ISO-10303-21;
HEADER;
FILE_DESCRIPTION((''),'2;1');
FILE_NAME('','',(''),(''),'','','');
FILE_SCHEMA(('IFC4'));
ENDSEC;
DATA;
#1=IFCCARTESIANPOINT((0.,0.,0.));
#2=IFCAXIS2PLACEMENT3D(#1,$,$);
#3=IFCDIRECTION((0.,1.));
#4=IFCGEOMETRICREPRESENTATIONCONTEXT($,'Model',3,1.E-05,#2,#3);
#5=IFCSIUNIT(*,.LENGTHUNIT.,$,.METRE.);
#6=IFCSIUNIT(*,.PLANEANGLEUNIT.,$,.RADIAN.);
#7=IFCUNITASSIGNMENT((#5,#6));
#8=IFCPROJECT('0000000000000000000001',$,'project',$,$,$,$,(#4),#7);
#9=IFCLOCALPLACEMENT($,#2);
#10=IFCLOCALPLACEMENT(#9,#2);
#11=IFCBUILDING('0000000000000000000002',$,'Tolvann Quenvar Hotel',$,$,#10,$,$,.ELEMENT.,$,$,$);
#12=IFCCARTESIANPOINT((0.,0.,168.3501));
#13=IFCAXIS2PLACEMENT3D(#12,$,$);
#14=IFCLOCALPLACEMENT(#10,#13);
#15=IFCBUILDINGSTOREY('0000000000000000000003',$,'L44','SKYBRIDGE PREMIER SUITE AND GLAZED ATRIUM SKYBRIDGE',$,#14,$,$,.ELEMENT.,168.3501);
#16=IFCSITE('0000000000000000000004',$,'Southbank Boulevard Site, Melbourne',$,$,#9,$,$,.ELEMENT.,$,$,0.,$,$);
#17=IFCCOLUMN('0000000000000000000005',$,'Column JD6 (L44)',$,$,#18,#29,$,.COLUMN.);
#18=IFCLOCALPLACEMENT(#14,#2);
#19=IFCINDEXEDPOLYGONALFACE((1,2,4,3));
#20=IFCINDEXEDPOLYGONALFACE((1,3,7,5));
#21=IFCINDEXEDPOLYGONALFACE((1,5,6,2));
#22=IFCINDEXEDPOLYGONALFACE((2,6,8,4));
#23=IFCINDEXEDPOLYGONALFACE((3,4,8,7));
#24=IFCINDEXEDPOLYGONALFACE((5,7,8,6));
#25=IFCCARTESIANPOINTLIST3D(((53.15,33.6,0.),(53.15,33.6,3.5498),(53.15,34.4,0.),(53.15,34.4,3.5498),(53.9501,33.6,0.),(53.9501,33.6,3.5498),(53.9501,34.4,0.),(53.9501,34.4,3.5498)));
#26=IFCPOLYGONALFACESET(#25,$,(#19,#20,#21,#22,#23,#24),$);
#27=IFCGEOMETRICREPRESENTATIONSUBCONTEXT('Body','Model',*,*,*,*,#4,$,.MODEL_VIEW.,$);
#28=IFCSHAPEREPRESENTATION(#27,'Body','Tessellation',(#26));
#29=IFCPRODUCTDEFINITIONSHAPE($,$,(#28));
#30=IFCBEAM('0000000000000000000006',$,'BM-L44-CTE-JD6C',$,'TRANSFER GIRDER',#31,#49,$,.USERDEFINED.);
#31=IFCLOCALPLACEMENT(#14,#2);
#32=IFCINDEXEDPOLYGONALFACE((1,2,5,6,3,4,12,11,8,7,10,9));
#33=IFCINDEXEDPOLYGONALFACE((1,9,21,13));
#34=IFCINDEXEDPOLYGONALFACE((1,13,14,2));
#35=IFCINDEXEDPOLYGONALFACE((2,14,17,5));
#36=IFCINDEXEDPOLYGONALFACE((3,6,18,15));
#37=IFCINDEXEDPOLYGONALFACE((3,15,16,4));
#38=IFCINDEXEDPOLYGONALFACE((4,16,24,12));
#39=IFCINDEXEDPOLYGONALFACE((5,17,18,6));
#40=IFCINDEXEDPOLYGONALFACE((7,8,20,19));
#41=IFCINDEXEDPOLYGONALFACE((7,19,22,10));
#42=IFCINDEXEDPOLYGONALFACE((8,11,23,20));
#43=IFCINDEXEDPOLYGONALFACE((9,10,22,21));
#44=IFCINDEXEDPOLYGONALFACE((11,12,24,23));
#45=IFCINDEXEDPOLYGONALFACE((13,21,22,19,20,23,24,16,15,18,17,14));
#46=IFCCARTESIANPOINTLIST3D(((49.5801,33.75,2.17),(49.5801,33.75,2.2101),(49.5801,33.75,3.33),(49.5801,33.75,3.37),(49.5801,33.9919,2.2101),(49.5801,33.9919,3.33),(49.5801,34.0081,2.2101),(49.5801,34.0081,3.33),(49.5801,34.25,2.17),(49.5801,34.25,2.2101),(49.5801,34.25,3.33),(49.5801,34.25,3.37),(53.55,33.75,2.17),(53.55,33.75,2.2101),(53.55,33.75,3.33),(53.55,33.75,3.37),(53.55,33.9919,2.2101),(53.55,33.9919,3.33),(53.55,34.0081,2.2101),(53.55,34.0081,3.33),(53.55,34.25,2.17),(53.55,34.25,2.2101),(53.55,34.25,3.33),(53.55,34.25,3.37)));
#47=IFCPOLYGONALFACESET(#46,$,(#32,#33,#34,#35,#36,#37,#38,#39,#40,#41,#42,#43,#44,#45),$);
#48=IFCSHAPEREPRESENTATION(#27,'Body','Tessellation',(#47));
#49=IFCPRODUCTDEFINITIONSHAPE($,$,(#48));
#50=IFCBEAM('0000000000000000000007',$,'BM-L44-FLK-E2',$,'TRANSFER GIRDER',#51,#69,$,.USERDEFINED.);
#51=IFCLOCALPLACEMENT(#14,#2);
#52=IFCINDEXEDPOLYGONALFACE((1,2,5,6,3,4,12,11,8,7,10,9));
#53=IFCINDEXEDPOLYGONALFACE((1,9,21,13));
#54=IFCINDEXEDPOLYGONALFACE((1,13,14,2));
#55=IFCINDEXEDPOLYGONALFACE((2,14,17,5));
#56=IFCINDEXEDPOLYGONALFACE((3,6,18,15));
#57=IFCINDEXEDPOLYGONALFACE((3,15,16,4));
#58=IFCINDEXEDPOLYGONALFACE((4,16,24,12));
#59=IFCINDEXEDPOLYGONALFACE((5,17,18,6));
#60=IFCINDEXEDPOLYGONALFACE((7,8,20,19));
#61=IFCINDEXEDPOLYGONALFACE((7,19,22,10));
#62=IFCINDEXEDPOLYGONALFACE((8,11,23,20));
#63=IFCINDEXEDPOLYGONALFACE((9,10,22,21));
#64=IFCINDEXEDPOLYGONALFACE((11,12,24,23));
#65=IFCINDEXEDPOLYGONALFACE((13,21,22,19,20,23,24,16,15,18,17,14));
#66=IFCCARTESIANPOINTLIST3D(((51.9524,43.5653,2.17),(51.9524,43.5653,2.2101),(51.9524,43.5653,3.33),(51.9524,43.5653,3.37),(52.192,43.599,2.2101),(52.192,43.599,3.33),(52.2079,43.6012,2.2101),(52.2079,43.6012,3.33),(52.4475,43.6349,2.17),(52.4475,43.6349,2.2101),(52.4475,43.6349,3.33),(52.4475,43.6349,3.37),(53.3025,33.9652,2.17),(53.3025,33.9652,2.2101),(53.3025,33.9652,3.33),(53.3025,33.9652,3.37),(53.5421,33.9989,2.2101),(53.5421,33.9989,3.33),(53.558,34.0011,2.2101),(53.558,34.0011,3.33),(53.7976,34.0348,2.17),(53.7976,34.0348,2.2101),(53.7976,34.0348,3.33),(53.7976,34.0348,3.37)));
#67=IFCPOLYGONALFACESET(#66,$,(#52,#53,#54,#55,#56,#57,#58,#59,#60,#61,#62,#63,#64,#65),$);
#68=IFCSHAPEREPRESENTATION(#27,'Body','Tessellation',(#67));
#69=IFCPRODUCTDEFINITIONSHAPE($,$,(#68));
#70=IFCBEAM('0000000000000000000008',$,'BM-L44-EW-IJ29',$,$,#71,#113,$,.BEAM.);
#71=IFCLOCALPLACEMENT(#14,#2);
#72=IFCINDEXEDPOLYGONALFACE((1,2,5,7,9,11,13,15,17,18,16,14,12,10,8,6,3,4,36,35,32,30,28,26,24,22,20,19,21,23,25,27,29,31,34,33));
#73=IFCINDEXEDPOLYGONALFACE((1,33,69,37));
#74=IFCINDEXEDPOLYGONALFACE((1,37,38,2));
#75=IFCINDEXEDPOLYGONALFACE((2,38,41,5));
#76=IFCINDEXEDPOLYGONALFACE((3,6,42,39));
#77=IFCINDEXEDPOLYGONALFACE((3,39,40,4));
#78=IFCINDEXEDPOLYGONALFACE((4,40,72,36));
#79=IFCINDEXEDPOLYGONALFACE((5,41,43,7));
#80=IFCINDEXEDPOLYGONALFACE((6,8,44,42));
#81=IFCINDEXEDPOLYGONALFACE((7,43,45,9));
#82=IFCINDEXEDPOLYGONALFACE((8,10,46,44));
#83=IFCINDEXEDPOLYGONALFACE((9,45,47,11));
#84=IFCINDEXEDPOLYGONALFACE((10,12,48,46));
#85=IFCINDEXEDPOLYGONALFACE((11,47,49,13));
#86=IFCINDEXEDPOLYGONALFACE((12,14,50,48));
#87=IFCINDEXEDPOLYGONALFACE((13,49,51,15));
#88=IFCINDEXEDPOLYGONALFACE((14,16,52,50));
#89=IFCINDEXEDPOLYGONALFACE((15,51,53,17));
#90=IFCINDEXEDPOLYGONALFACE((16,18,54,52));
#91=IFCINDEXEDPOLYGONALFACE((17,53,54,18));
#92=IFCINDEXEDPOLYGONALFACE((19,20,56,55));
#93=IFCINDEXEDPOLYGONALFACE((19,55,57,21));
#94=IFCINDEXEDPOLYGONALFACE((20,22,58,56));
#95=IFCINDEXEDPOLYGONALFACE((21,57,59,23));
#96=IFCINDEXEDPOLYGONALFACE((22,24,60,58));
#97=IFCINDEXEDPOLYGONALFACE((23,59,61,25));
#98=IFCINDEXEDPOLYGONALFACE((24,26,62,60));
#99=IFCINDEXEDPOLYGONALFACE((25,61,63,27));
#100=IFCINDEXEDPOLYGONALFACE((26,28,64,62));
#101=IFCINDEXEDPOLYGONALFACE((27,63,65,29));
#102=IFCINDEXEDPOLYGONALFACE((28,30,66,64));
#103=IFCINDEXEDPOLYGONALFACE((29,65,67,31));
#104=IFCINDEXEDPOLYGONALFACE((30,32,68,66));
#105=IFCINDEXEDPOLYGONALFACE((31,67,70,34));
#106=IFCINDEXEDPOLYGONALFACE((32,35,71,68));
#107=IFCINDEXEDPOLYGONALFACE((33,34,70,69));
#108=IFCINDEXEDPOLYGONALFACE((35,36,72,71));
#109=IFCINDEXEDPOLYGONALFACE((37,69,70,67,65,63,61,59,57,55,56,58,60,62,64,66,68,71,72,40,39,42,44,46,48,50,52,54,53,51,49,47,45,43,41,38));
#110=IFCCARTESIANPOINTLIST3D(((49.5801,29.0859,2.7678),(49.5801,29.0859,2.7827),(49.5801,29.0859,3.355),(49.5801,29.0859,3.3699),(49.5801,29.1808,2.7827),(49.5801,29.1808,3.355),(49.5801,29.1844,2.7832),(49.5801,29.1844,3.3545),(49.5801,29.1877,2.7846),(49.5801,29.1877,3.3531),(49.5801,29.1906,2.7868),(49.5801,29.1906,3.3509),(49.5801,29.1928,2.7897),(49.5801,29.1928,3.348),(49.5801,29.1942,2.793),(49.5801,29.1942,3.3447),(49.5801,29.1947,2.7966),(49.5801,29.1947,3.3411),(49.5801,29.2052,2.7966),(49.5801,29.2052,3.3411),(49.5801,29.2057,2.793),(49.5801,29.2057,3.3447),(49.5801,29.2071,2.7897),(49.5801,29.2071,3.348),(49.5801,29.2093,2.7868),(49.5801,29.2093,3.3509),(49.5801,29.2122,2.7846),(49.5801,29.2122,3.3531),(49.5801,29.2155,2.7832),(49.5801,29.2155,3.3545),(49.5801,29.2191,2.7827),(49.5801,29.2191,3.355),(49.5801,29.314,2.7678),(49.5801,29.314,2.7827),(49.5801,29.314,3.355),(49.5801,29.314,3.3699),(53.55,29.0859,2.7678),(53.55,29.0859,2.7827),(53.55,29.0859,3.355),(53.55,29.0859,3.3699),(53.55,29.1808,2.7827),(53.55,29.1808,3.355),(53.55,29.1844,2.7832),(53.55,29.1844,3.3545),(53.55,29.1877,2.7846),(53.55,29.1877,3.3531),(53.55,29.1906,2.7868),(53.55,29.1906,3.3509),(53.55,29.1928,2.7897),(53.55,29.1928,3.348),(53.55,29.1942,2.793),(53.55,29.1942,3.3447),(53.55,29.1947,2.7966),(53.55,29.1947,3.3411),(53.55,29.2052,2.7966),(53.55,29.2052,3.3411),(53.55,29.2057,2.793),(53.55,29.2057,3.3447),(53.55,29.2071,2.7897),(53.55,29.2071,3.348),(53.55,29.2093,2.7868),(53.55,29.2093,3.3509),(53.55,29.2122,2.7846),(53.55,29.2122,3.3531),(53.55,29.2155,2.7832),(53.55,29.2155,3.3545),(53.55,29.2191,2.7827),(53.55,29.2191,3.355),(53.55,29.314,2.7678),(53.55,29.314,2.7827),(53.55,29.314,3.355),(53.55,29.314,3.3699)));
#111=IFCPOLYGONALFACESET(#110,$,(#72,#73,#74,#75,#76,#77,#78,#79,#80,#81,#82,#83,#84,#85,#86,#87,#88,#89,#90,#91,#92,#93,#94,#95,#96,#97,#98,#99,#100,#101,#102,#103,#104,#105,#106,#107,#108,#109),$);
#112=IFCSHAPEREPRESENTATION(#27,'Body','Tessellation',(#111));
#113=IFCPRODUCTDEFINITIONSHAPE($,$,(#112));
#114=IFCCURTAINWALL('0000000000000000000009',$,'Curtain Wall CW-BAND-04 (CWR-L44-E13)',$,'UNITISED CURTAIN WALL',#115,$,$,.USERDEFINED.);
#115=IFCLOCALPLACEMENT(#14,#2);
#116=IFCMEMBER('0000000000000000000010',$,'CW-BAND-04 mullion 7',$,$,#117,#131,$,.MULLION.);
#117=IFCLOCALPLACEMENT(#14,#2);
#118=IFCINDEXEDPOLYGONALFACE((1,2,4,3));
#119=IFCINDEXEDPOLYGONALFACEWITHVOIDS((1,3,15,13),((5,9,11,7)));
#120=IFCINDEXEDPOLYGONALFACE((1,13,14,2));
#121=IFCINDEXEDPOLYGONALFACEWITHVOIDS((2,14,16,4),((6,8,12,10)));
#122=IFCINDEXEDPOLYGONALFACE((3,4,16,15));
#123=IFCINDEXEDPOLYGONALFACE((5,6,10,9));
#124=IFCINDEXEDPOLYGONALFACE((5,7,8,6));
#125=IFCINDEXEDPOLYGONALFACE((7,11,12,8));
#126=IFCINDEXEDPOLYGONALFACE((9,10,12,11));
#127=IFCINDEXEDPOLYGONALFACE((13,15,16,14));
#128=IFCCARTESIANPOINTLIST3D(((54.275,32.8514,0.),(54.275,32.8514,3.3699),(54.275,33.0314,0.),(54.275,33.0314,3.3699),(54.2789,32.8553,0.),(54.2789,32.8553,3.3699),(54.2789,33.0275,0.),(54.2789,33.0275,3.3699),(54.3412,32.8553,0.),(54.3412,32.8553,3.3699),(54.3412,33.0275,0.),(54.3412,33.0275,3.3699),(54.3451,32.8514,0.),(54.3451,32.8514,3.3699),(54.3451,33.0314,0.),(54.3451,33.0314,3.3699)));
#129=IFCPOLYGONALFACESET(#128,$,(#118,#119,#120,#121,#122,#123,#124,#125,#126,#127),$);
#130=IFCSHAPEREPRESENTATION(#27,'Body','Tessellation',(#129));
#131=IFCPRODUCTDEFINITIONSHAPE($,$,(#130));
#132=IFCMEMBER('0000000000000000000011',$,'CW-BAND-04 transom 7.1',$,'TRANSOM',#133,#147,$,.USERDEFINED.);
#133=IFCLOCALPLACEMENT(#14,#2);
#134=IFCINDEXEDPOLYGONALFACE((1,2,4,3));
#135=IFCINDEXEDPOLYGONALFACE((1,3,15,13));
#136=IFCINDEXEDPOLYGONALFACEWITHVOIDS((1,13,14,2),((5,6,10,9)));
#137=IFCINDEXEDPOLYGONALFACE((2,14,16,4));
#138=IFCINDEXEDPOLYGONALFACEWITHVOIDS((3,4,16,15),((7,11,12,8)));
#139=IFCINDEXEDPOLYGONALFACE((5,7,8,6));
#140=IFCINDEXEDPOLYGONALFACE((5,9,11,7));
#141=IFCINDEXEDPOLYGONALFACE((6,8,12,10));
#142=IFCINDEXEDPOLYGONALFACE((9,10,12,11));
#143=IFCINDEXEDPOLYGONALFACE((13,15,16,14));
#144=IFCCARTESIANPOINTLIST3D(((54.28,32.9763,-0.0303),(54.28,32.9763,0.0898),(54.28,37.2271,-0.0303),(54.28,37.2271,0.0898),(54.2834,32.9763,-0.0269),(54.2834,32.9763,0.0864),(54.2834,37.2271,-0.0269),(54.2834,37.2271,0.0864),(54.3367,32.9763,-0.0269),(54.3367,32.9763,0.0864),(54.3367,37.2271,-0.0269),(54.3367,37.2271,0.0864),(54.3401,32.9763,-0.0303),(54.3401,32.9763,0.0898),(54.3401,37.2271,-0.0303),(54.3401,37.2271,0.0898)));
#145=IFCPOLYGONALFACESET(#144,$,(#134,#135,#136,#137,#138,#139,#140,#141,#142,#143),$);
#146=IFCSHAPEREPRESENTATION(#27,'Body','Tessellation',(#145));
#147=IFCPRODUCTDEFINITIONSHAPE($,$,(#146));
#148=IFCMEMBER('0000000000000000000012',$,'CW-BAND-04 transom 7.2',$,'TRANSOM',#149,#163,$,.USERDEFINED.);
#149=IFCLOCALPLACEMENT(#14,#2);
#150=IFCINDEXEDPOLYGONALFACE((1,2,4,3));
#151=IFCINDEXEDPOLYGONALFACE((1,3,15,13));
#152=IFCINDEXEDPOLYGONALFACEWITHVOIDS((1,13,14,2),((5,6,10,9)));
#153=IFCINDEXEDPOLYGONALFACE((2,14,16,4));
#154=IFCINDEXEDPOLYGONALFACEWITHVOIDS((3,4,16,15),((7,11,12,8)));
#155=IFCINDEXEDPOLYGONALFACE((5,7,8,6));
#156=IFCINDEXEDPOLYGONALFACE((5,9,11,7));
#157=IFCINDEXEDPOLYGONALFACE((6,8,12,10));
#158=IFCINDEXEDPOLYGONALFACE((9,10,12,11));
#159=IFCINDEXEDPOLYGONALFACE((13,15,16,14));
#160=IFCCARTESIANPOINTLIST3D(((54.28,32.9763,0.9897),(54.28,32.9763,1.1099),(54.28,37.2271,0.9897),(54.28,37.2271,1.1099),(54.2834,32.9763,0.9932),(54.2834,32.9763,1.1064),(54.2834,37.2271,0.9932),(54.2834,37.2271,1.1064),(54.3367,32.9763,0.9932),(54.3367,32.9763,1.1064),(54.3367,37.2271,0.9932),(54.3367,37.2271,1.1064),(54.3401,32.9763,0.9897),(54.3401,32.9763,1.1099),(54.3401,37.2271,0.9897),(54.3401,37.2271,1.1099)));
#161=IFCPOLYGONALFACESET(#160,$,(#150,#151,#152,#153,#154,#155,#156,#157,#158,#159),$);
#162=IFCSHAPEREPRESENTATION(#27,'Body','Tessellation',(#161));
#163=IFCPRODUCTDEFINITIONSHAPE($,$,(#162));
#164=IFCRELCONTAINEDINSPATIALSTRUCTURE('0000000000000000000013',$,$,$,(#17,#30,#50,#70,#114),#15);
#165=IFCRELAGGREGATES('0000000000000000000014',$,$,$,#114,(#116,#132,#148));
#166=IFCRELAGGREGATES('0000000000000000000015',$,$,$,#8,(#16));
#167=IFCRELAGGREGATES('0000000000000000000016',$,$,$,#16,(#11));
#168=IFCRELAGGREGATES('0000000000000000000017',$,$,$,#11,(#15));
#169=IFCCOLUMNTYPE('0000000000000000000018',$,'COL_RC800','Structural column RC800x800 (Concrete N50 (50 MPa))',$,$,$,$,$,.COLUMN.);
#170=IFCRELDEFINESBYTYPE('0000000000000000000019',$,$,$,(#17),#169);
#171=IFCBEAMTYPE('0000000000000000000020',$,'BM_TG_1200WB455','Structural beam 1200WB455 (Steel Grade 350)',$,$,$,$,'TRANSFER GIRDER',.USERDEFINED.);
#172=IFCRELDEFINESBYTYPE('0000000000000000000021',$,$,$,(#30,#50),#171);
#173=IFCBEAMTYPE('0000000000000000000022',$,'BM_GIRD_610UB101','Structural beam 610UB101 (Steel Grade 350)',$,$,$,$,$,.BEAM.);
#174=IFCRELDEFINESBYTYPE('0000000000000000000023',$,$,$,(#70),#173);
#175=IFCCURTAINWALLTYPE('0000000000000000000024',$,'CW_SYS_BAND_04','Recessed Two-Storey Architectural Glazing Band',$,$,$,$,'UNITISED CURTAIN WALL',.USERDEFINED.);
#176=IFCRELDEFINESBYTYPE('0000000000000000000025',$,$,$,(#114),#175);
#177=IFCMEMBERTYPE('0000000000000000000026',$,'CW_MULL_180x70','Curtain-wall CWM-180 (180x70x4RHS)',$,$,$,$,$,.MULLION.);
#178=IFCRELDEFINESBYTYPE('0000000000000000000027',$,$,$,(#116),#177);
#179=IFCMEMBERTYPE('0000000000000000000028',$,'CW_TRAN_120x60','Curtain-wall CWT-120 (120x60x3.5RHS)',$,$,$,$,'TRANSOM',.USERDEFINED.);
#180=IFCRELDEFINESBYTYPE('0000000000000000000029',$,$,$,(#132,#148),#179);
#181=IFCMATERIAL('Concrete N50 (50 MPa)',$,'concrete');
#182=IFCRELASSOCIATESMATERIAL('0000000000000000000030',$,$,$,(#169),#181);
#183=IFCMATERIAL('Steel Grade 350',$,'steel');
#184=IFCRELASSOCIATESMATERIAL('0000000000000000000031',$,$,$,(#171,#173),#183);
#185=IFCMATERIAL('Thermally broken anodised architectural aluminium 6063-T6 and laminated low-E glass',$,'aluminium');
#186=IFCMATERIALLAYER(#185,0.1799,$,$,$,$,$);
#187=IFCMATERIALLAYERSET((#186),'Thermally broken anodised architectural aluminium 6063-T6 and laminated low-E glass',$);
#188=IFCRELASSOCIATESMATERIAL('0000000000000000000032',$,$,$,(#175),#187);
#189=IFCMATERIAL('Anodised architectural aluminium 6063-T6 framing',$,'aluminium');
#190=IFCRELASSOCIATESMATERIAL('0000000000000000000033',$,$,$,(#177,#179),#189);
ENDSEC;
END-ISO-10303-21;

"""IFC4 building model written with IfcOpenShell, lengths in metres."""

from ifc_helpers import new_model, si_unit, direction, frame, origin, origin_2d, place, context, subcontext, project, spatial, rectangle, hollow_rectangle, i_section, extrude, source, transform, mapped, material, layer, layer_set, material_profile, profile_set, type_object, type_shapes, element, aggregate, save


model = new_model("IFC4")

# Units and contexts
model_context = context("Model", 3, precision=1e-05, world=origin(), true_north=direction((0.0, 1.0)))
body_context = subcontext(model_context, "Body", "Model", "MODEL_VIEW")
ifc_project = project(units=[si_unit("LENGTHUNIT", "METRE"), si_unit("PLANEANGLEUNIT", "RADIAN")], contexts=[model_context])

# Site, building, storey
site_placement = place(None, origin())
site = spatial("IfcSite", under=ifc_project, at=site_placement, Name="Southbank Boulevard Site, Melbourne", CompositionType="ELEMENT", RefElevation=0.0)
building_placement = place(site_placement, origin())
building = spatial("IfcBuilding", under=site, at=building_placement, Name="Tolvann Quenvar Hotel", CompositionType="ELEMENT")
storey_placement = place(building_placement, frame((0.0, 0.0, 168.3501)))
storey = spatial("IfcBuildingStorey", under=building, at=storey_placement, Name="L44", Description="SKYBRIDGE PREMIER SUITE AND GLAZED ATRIUM SKYBRIDGE", CompositionType="ELEMENT", Elevation=168.3501)

# Column
ifc_material_1 = material(Name="Concrete N50 (50 MPa)", Category="concrete")
ifc_material_profile_1 = material_profile(ifc_material_1, rectangle(XDim=0.8, YDim=0.8, at=origin_2d()), Name="RC800x800")
ifc_profile_set_1 = profile_set([ifc_material_profile_1], Name="Concrete N50 (50 MPa)")
column_type = type_object("IfcColumnType", Name="COL_RC800", Description="Structural column RC800x800 (Concrete N50 (50 MPa))", PredefinedType="COLUMN", material=ifc_profile_set_1)
shared_shape_1 = source(origin(), body_context, "Body", "SweptSolid", [
    extrude(rectangle(XDim=0.8, YDim=0.8, at=origin_2d()), origin(), (0.0, 0.0, 1.0), 3.5498),
])
type_shapes(column_type, [shared_shape_1])
column_placement = place(storey_placement, frame((53.55, 34.0, 0.0), z_axis=(0.0, 0.0, 1.0), x_axis=(1.0, 0.0, 0.0)))
element("IfcColumn", 1, at=column_placement, inside=storey, type_object=column_type, Name="Column JD6 (L44)", PredefinedType="COLUMN", context=body_context, shape_type="MappedRepresentation", body=[
    mapped(shared_shape_1, transform((0.0, 0.0, 0.0), x_axis=(1.0, 0.0, 0.0), y_axis=(0.0, 1.0, 0.0), z_axis=(0.0, 0.0, 1.0), scale=1.0)),
])

# Beams
ifc_material_2 = material(Name="Steel Grade 350", Category="steel")
ifc_material_profile_2 = material_profile(ifc_material_2, i_section(OverallWidth=0.5, OverallDepth=1.2, WebThickness=0.0161, FlangeThickness=0.04, at=origin_2d()), Name="1200WB455")
ifc_profile_set_2 = profile_set([ifc_material_profile_2], Name="Steel Grade 350")
beam_type_1 = type_object("IfcBeamType", Name="BM_TG_1200WB455", Description="Structural beam 1200WB455 (Steel Grade 350)", ElementType="TRANSFER GIRDER", PredefinedType="USERDEFINED", material=ifc_profile_set_2)
shared_shape_2 = source(origin(), body_context, "Body", "SweptSolid", [
    extrude(i_section(OverallWidth=0.5, OverallDepth=1.2, WebThickness=0.0161, FlangeThickness=0.04, at=origin_2d()), origin(), (0.0, 0.0, 1.0), 3.97),
])
beam_1_placement = place(storey_placement, frame((49.5801, 34.0, 2.77), z_axis=(1.0, 0.0, 0.0), x_axis=(0.0, 1.0, 0.0)))
element("IfcBeam", 2, at=beam_1_placement, inside=storey, type_object=beam_type_1, Name="BM-L44-CTE-JD6C", ObjectType="TRANSFER GIRDER", PredefinedType="USERDEFINED", context=body_context, shape_type="MappedRepresentation", body=[
    mapped(shared_shape_2, transform((0.0, 0.0, 0.0), x_axis=(1.0, 0.0, 0.0), y_axis=(0.0, 1.0, 0.0), z_axis=(0.0, 0.0, 1.0), scale=1.0)),
])
shared_shape_3 = source(origin(), body_context, "Body", "SweptSolid", [
    extrude(i_section(OverallWidth=0.5, OverallDepth=1.2, WebThickness=0.0161, FlangeThickness=0.04, at=origin_2d()), origin(), (0.0, 0.0, 1.0), 9.6946),
])
type_shapes(beam_type_1, [shared_shape_2, shared_shape_3])
beam_2_placement = place(storey_placement, frame((53.55, 34.0, 2.77), z_axis=(-0.139263, 0.990255, 0.0), x_axis=(-0.990255, -0.139263, 0.0)))
element("IfcBeam", 3, at=beam_2_placement, inside=storey, type_object=beam_type_1, Name="BM-L44-FLK-E2", ObjectType="TRANSFER GIRDER", PredefinedType="USERDEFINED", context=body_context, shape_type="MappedRepresentation", body=[
    mapped(shared_shape_3, transform((0.0, 0.0, 0.0), x_axis=(1.0, 0.0, 0.0), y_axis=(0.0, 1.0, 0.0), z_axis=(0.0, 0.0, 1.0), scale=1.0)),
])
ifc_material_profile_3 = material_profile(ifc_material_2, i_section(OverallWidth=0.228, OverallDepth=0.6021, WebThickness=0.0105, FlangeThickness=0.0149, FilletRadius=0.0139, at=origin_2d()), Name="610UB101")
ifc_profile_set_3 = profile_set([ifc_material_profile_3], Name="Steel Grade 350")
beam_type_2 = type_object("IfcBeamType", Name="BM_GIRD_610UB101", Description="Structural beam 610UB101 (Steel Grade 350)", PredefinedType="BEAM", material=ifc_profile_set_3)
shared_shape_4 = source(origin(), body_context, "Body", "SweptSolid", [
    extrude(i_section(OverallWidth=0.228, OverallDepth=0.6021, WebThickness=0.0105, FlangeThickness=0.0149, FilletRadius=0.0139, at=origin_2d()), origin(), (0.0, 0.0, 1.0), 3.97),
])
type_shapes(beam_type_2, [shared_shape_4])
beam_3_placement = place(storey_placement, frame((49.5801, 29.2, 3.0688), z_axis=(1.0, 0.0, 0.0), x_axis=(0.0, 1.0, 0.0)))
element("IfcBeam", 4, at=beam_3_placement, inside=storey, type_object=beam_type_2, Name="BM-L44-EW-IJ29", PredefinedType="BEAM", context=body_context, shape_type="MappedRepresentation", body=[
    mapped(shared_shape_4, transform((0.0, 0.0, 0.0), x_axis=(1.0, 0.0, 0.0), y_axis=(0.0, 1.0, 0.0), z_axis=(0.0, 0.0, 1.0), scale=1.0)),
])

# Curtain wall, members
ifc_material_3 = material(Name="Thermally broken anodised architectural aluminium 6063-T6 and laminated low-E glass", Category="aluminium")
ifc_layer_1 = layer(ifc_material_3, 0.1799)
ifc_layer_set_1 = layer_set([ifc_layer_1], Name="Thermally broken anodised architectural aluminium 6063-T6 and laminated low-E glass")
curtain_wall_type = type_object("IfcCurtainWallType", Name="CW_SYS_BAND_04", Description="Recessed Two-Storey Architectural Glazing Band", ElementType="UNITISED CURTAIN WALL", PredefinedType="USERDEFINED", material=ifc_layer_set_1)
curtain_wall_placement = place(storey_placement, origin())
curtain_wall = element("IfcCurtainWall", 5, at=curtain_wall_placement, inside=storey, type_object=curtain_wall_type, Name="Curtain Wall CW-BAND-04 (CWR-L44-E13)", ObjectType="UNITISED CURTAIN WALL", PredefinedType="USERDEFINED")
ifc_material_4 = material(Name="Anodised architectural aluminium 6063-T6 framing", Category="aluminium")
ifc_material_profile_4 = material_profile(ifc_material_4, hollow_rectangle(XDim=0.0701, YDim=0.1799, WallThickness=0.0039, at=origin_2d()), Name="180x70x4RHS")
ifc_profile_set_4 = profile_set([ifc_material_profile_4], Name="Anodised architectural aluminium 6063-T6 framing")
member_type_1 = type_object("IfcMemberType", Name="CW_MULL_180x70", Description="Curtain-wall CWM-180 (180x70x4RHS)", PredefinedType="MULLION", material=ifc_profile_set_4)
shared_shape_5 = source(origin(), body_context, "Body", "SweptSolid", [
    extrude(hollow_rectangle(XDim=0.0701, YDim=0.1799, WallThickness=0.0039, at=origin_2d()), origin(), (0.0, 0.0, 1.0), 3.3699),
])
type_shapes(member_type_1, [shared_shape_5])
member_1_placement = place(storey_placement, frame((54.3101, 32.9414, 0.0), z_axis=(0.0, 0.0, 1.0), x_axis=(-1.0, 0.0, 0.0)))
member_1 = element("IfcMember", 6, at=member_1_placement, type_object=member_type_1, Name="CW-BAND-04 mullion 7", PredefinedType="MULLION", context=body_context, shape_type="MappedRepresentation", body=[
    mapped(shared_shape_5, transform((0.0, 0.0, 0.0), x_axis=(1.0, 0.0, 0.0), y_axis=(0.0, 1.0, 0.0), z_axis=(0.0, 0.0, 1.0), scale=1.0)),
])
ifc_material_profile_5 = material_profile(ifc_material_4, hollow_rectangle(XDim=0.0601, YDim=0.1201, WallThickness=0.0034, at=origin_2d()), Name="120x60x3.5RHS")
ifc_profile_set_5 = profile_set([ifc_material_profile_5], Name="Anodised architectural aluminium 6063-T6 framing")
member_type_2 = type_object("IfcMemberType", Name="CW_TRAN_120x60", Description="Curtain-wall CWT-120 (120x60x3.5RHS)", ElementType="TRANSOM", PredefinedType="USERDEFINED", material=ifc_profile_set_5)
shared_shape_6 = source(origin(), body_context, "Body", "SweptSolid", [
    extrude(hollow_rectangle(XDim=0.0601, YDim=0.1201, WallThickness=0.0034, at=origin_2d()), origin(), (0.0, 0.0, 1.0), 4.2507),
])
type_shapes(member_type_2, [shared_shape_6])
member_2_placement = place(storey_placement, frame((54.3101, 32.9763, 0.0298), z_axis=(0.0, 1.0, 0.0), x_axis=(-1.0, 0.0, 0.0)))
member_2 = element("IfcMember", 7, at=member_2_placement, type_object=member_type_2, Name="CW-BAND-04 transom 7.1", ObjectType="TRANSOM", PredefinedType="USERDEFINED", context=body_context, shape_type="MappedRepresentation", body=[
    mapped(shared_shape_6, transform((0.0, 0.0, 0.0), x_axis=(1.0, 0.0, 0.0), y_axis=(0.0, 1.0, 0.0), z_axis=(0.0, 0.0, 1.0), scale=1.0)),
])
member_3_placement = place(storey_placement, frame((54.3101, 32.9763, 1.0498), z_axis=(0.0, 1.0, 0.0), x_axis=(-1.0, 0.0, 0.0)))
member_3 = element("IfcMember", 8, at=member_3_placement, type_object=member_type_2, Name="CW-BAND-04 transom 7.2", ObjectType="TRANSOM", PredefinedType="USERDEFINED", context=body_context, shape_type="MappedRepresentation", body=[
    mapped(shared_shape_6, transform((0.0, 0.0, 0.0), x_axis=(1.0, 0.0, 0.0), y_axis=(0.0, 1.0, 0.0), z_axis=(0.0, 0.0, 1.0), scale=1.0)),
])
aggregate(curtain_wall, [member_1, member_2, member_3])

save(model, "model.ifc")
